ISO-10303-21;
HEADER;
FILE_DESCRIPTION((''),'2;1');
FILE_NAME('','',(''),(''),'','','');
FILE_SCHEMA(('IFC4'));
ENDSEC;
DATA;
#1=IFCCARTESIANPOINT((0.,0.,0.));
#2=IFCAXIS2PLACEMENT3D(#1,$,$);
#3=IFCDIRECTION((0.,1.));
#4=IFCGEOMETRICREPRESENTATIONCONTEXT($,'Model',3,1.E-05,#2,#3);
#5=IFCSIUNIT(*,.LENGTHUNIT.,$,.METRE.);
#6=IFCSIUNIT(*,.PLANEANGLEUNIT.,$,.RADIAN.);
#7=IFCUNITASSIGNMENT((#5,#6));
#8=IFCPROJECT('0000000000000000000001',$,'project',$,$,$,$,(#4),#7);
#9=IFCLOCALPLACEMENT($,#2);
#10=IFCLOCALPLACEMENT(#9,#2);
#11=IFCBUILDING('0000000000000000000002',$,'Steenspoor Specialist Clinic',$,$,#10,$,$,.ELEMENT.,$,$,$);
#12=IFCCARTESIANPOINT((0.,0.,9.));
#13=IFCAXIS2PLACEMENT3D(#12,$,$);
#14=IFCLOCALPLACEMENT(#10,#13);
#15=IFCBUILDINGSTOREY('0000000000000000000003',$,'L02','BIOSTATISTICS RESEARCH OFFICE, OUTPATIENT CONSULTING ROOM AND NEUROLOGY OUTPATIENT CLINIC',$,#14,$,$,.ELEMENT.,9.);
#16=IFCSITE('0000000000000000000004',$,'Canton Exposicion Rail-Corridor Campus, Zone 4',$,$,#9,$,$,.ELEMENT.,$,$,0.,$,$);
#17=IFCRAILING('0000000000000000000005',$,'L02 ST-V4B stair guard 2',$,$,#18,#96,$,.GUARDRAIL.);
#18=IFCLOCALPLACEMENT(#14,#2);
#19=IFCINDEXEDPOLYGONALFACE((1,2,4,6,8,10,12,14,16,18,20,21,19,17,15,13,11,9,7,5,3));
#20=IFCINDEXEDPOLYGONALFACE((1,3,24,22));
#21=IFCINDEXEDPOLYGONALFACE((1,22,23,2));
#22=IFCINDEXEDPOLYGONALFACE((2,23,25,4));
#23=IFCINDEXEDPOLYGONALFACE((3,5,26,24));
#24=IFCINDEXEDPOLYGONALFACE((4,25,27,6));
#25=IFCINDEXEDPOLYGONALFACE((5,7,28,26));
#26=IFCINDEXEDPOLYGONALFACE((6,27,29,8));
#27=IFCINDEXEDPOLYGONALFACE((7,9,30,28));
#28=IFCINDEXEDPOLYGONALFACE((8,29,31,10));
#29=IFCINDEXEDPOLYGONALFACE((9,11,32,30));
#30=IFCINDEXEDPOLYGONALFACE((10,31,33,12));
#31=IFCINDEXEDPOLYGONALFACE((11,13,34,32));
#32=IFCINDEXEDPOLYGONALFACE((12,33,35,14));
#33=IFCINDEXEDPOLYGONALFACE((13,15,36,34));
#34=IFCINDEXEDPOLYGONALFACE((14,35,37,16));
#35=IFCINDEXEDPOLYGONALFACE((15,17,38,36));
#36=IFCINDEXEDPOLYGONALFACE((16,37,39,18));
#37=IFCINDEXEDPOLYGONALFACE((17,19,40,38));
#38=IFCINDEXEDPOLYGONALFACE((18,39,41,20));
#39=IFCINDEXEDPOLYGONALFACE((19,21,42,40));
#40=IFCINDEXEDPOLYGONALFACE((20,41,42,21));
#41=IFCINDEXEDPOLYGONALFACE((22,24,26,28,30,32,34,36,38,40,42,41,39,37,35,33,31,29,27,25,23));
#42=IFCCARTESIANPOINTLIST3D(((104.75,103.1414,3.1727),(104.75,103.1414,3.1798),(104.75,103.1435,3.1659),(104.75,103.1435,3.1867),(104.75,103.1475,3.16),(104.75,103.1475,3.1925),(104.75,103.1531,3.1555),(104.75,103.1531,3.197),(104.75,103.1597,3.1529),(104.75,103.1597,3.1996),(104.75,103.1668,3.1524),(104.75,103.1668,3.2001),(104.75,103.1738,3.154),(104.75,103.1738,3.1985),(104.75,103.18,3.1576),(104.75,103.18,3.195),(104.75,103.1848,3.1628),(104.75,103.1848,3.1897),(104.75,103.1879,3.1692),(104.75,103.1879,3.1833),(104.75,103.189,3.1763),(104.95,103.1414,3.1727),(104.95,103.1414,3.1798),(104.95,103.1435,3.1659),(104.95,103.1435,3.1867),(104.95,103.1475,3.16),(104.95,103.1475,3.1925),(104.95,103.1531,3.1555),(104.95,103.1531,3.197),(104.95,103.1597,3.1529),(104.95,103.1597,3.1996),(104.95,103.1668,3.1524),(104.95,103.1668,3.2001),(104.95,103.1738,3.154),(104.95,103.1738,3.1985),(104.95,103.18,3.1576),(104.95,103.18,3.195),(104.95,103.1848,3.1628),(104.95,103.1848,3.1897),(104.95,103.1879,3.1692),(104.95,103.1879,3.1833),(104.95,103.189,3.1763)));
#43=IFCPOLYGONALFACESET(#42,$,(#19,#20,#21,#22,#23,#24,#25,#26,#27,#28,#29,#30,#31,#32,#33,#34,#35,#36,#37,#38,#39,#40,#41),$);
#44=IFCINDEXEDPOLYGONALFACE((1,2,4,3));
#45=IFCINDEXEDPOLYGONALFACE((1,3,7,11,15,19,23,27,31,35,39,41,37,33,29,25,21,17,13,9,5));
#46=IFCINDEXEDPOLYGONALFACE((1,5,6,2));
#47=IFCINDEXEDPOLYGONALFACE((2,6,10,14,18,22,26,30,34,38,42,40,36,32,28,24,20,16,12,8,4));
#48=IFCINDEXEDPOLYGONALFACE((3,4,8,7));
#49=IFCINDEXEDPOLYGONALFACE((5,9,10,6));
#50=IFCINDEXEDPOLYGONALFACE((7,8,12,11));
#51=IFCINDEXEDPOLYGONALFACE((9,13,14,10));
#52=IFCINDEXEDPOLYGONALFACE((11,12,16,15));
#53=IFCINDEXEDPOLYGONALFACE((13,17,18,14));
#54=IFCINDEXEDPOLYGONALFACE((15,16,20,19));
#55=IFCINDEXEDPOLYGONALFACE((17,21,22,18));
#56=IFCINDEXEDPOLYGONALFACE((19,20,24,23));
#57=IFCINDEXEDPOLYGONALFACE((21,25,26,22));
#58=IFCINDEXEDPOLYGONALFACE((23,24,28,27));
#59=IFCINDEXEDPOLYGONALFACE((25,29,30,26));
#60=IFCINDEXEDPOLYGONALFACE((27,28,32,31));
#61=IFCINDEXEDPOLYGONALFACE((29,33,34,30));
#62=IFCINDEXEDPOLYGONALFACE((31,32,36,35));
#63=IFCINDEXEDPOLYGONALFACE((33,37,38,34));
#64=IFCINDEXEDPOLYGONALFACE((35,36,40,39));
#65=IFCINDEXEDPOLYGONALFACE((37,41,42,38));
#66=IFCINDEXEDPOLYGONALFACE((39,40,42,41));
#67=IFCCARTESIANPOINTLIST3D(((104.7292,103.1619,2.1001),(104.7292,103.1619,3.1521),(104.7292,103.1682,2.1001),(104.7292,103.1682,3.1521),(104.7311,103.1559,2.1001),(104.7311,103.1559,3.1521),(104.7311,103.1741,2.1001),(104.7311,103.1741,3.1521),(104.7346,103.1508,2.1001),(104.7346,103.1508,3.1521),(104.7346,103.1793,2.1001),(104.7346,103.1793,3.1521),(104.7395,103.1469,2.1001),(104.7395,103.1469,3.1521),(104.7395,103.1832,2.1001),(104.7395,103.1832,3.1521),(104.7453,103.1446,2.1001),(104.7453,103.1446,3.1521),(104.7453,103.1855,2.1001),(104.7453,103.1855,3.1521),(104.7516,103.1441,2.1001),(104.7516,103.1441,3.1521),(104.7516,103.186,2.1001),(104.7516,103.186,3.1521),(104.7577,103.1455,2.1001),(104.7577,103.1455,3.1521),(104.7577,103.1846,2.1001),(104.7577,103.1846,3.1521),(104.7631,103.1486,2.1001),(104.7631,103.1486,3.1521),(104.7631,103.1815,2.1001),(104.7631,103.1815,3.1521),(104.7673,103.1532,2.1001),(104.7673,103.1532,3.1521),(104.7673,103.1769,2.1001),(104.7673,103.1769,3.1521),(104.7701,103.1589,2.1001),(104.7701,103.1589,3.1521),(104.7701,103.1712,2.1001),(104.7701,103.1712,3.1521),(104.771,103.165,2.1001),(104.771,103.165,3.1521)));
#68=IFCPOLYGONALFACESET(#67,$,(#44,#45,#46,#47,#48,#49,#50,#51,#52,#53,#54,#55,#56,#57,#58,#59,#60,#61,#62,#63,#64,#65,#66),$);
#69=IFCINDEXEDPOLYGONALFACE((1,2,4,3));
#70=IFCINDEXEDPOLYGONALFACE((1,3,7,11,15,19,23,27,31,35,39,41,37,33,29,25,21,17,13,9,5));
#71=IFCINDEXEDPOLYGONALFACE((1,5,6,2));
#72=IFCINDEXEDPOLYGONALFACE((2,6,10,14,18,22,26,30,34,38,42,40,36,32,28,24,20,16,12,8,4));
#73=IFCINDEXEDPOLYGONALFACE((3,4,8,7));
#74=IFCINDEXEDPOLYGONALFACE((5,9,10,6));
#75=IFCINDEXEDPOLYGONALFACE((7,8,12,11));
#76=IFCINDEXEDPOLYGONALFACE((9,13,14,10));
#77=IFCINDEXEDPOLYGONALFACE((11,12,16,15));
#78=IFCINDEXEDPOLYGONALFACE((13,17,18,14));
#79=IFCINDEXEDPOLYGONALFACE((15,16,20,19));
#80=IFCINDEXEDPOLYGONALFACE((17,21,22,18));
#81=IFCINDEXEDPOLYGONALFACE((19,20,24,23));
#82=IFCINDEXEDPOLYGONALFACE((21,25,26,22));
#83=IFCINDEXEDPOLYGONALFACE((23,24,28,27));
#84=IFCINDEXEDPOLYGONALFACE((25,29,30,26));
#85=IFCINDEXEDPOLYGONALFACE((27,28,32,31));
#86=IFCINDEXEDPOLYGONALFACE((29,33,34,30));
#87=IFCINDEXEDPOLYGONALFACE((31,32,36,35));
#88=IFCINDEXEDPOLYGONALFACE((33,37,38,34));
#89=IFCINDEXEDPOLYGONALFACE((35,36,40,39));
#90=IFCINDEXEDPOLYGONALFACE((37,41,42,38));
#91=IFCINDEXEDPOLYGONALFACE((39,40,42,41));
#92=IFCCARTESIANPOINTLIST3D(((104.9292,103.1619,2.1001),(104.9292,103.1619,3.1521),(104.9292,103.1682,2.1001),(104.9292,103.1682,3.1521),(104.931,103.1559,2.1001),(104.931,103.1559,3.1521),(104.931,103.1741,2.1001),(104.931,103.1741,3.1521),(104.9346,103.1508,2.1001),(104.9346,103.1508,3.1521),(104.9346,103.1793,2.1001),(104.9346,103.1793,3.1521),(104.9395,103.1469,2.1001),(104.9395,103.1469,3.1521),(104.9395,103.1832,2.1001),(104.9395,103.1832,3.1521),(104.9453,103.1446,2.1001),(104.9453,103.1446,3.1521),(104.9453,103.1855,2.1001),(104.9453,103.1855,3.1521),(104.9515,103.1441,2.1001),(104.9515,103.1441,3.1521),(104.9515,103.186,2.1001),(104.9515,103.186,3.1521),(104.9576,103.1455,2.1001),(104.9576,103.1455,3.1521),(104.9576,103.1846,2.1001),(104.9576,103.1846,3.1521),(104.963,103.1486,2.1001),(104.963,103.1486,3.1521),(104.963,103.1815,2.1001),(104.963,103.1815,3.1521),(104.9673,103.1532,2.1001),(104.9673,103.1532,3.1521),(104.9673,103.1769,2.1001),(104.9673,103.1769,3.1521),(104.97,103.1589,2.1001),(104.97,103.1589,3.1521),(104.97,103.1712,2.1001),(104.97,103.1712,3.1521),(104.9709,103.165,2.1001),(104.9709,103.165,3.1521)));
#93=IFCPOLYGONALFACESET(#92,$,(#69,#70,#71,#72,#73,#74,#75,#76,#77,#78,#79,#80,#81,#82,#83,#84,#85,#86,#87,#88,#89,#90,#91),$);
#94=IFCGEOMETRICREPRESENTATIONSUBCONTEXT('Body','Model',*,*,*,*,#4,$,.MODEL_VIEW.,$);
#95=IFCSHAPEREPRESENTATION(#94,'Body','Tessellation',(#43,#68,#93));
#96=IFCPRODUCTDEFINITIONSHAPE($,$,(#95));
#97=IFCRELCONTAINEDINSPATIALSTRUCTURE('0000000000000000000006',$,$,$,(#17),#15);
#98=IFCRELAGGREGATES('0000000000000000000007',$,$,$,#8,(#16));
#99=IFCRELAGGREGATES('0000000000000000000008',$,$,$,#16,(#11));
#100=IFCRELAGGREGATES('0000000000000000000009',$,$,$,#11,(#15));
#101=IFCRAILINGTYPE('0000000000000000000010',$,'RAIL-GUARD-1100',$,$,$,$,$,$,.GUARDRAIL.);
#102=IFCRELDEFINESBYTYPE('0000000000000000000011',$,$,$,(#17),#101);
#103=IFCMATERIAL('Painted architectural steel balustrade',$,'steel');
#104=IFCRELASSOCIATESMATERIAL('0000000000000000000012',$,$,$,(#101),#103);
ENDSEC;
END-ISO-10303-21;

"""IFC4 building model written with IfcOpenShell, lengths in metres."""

from ifc_helpers import new_model, si_unit, direction, frame, origin, origin_2d, place, context, subcontext, project, spatial, circle, extrude, material, type_object, element, save


model = new_model("IFC4")

# Units and contexts
model_context = context("Model", 3, precision=1e-05, world=origin(), true_north=direction((0.0, 1.0)))
body_context = subcontext(model_context, "Body", "Model", "MODEL_VIEW")
ifc_project = project(units=[si_unit("LENGTHUNIT", "METRE"), si_unit("PLANEANGLEUNIT", "RADIAN")], contexts=[model_context])

# Site, building, storey
site_placement = place(None, origin())
site = spatial("IfcSite", under=ifc_project, at=site_placement, Name="Canton Exposicion Rail-Corridor Campus, Zone 4", CompositionType="ELEMENT", RefElevation=0.0)
building_placement = place(site_placement, origin())
building = spatial("IfcBuilding", under=site, at=building_placement, Name="Steenspoor Specialist Clinic", CompositionType="ELEMENT")
storey_placement = place(building_placement, frame((0.0, 0.0, 9.0)))
storey = spatial("IfcBuildingStorey", under=building, at=storey_placement, Name="L02", Description="BIOSTATISTICS RESEARCH OFFICE, OUTPATIENT CONSULTING ROOM AND NEUROLOGY OUTPATIENT CLINIC", CompositionType="ELEMENT", Elevation=9.0)

# Railing
ifc_material_1 = material(Name="Painted architectural steel balustrade", Category="steel")
railing_type_1 = type_object("IfcRailingType", Name="RAIL-GUARD-1100", PredefinedType="GUARDRAIL", material=ifc_material_1)
railing_1_placement = place(storey_placement, frame((104.75, 103.165, 2.1001)))
element("IfcRailing", 1, at=railing_1_placement, inside=storey, type_object=railing_type_1, Name="L02 ST-V4B stair guard 2", PredefinedType="GUARDRAIL", context=body_context, shape_type="SweptSolid", body=[
    extrude(circle(Radius=0.0239, at=origin_2d()), frame((0.0, 0.0, 1.0762), z_axis=(1.0, 0.0, 0.0), x_axis=(0.0, 1.0, 0.0)), (0.0, 0.0, 1.0), 0.2),
    extrude(circle(Radius=0.021, at=origin_2d()), origin(), (0.0, 0.0, 1.0), 1.052),
    extrude(circle(Radius=0.021, at=origin_2d()), frame((0.2, 0.0, 0.0)), (0.0, 0.0, 1.0), 1.052),
])

save(model, "model.ifc")
